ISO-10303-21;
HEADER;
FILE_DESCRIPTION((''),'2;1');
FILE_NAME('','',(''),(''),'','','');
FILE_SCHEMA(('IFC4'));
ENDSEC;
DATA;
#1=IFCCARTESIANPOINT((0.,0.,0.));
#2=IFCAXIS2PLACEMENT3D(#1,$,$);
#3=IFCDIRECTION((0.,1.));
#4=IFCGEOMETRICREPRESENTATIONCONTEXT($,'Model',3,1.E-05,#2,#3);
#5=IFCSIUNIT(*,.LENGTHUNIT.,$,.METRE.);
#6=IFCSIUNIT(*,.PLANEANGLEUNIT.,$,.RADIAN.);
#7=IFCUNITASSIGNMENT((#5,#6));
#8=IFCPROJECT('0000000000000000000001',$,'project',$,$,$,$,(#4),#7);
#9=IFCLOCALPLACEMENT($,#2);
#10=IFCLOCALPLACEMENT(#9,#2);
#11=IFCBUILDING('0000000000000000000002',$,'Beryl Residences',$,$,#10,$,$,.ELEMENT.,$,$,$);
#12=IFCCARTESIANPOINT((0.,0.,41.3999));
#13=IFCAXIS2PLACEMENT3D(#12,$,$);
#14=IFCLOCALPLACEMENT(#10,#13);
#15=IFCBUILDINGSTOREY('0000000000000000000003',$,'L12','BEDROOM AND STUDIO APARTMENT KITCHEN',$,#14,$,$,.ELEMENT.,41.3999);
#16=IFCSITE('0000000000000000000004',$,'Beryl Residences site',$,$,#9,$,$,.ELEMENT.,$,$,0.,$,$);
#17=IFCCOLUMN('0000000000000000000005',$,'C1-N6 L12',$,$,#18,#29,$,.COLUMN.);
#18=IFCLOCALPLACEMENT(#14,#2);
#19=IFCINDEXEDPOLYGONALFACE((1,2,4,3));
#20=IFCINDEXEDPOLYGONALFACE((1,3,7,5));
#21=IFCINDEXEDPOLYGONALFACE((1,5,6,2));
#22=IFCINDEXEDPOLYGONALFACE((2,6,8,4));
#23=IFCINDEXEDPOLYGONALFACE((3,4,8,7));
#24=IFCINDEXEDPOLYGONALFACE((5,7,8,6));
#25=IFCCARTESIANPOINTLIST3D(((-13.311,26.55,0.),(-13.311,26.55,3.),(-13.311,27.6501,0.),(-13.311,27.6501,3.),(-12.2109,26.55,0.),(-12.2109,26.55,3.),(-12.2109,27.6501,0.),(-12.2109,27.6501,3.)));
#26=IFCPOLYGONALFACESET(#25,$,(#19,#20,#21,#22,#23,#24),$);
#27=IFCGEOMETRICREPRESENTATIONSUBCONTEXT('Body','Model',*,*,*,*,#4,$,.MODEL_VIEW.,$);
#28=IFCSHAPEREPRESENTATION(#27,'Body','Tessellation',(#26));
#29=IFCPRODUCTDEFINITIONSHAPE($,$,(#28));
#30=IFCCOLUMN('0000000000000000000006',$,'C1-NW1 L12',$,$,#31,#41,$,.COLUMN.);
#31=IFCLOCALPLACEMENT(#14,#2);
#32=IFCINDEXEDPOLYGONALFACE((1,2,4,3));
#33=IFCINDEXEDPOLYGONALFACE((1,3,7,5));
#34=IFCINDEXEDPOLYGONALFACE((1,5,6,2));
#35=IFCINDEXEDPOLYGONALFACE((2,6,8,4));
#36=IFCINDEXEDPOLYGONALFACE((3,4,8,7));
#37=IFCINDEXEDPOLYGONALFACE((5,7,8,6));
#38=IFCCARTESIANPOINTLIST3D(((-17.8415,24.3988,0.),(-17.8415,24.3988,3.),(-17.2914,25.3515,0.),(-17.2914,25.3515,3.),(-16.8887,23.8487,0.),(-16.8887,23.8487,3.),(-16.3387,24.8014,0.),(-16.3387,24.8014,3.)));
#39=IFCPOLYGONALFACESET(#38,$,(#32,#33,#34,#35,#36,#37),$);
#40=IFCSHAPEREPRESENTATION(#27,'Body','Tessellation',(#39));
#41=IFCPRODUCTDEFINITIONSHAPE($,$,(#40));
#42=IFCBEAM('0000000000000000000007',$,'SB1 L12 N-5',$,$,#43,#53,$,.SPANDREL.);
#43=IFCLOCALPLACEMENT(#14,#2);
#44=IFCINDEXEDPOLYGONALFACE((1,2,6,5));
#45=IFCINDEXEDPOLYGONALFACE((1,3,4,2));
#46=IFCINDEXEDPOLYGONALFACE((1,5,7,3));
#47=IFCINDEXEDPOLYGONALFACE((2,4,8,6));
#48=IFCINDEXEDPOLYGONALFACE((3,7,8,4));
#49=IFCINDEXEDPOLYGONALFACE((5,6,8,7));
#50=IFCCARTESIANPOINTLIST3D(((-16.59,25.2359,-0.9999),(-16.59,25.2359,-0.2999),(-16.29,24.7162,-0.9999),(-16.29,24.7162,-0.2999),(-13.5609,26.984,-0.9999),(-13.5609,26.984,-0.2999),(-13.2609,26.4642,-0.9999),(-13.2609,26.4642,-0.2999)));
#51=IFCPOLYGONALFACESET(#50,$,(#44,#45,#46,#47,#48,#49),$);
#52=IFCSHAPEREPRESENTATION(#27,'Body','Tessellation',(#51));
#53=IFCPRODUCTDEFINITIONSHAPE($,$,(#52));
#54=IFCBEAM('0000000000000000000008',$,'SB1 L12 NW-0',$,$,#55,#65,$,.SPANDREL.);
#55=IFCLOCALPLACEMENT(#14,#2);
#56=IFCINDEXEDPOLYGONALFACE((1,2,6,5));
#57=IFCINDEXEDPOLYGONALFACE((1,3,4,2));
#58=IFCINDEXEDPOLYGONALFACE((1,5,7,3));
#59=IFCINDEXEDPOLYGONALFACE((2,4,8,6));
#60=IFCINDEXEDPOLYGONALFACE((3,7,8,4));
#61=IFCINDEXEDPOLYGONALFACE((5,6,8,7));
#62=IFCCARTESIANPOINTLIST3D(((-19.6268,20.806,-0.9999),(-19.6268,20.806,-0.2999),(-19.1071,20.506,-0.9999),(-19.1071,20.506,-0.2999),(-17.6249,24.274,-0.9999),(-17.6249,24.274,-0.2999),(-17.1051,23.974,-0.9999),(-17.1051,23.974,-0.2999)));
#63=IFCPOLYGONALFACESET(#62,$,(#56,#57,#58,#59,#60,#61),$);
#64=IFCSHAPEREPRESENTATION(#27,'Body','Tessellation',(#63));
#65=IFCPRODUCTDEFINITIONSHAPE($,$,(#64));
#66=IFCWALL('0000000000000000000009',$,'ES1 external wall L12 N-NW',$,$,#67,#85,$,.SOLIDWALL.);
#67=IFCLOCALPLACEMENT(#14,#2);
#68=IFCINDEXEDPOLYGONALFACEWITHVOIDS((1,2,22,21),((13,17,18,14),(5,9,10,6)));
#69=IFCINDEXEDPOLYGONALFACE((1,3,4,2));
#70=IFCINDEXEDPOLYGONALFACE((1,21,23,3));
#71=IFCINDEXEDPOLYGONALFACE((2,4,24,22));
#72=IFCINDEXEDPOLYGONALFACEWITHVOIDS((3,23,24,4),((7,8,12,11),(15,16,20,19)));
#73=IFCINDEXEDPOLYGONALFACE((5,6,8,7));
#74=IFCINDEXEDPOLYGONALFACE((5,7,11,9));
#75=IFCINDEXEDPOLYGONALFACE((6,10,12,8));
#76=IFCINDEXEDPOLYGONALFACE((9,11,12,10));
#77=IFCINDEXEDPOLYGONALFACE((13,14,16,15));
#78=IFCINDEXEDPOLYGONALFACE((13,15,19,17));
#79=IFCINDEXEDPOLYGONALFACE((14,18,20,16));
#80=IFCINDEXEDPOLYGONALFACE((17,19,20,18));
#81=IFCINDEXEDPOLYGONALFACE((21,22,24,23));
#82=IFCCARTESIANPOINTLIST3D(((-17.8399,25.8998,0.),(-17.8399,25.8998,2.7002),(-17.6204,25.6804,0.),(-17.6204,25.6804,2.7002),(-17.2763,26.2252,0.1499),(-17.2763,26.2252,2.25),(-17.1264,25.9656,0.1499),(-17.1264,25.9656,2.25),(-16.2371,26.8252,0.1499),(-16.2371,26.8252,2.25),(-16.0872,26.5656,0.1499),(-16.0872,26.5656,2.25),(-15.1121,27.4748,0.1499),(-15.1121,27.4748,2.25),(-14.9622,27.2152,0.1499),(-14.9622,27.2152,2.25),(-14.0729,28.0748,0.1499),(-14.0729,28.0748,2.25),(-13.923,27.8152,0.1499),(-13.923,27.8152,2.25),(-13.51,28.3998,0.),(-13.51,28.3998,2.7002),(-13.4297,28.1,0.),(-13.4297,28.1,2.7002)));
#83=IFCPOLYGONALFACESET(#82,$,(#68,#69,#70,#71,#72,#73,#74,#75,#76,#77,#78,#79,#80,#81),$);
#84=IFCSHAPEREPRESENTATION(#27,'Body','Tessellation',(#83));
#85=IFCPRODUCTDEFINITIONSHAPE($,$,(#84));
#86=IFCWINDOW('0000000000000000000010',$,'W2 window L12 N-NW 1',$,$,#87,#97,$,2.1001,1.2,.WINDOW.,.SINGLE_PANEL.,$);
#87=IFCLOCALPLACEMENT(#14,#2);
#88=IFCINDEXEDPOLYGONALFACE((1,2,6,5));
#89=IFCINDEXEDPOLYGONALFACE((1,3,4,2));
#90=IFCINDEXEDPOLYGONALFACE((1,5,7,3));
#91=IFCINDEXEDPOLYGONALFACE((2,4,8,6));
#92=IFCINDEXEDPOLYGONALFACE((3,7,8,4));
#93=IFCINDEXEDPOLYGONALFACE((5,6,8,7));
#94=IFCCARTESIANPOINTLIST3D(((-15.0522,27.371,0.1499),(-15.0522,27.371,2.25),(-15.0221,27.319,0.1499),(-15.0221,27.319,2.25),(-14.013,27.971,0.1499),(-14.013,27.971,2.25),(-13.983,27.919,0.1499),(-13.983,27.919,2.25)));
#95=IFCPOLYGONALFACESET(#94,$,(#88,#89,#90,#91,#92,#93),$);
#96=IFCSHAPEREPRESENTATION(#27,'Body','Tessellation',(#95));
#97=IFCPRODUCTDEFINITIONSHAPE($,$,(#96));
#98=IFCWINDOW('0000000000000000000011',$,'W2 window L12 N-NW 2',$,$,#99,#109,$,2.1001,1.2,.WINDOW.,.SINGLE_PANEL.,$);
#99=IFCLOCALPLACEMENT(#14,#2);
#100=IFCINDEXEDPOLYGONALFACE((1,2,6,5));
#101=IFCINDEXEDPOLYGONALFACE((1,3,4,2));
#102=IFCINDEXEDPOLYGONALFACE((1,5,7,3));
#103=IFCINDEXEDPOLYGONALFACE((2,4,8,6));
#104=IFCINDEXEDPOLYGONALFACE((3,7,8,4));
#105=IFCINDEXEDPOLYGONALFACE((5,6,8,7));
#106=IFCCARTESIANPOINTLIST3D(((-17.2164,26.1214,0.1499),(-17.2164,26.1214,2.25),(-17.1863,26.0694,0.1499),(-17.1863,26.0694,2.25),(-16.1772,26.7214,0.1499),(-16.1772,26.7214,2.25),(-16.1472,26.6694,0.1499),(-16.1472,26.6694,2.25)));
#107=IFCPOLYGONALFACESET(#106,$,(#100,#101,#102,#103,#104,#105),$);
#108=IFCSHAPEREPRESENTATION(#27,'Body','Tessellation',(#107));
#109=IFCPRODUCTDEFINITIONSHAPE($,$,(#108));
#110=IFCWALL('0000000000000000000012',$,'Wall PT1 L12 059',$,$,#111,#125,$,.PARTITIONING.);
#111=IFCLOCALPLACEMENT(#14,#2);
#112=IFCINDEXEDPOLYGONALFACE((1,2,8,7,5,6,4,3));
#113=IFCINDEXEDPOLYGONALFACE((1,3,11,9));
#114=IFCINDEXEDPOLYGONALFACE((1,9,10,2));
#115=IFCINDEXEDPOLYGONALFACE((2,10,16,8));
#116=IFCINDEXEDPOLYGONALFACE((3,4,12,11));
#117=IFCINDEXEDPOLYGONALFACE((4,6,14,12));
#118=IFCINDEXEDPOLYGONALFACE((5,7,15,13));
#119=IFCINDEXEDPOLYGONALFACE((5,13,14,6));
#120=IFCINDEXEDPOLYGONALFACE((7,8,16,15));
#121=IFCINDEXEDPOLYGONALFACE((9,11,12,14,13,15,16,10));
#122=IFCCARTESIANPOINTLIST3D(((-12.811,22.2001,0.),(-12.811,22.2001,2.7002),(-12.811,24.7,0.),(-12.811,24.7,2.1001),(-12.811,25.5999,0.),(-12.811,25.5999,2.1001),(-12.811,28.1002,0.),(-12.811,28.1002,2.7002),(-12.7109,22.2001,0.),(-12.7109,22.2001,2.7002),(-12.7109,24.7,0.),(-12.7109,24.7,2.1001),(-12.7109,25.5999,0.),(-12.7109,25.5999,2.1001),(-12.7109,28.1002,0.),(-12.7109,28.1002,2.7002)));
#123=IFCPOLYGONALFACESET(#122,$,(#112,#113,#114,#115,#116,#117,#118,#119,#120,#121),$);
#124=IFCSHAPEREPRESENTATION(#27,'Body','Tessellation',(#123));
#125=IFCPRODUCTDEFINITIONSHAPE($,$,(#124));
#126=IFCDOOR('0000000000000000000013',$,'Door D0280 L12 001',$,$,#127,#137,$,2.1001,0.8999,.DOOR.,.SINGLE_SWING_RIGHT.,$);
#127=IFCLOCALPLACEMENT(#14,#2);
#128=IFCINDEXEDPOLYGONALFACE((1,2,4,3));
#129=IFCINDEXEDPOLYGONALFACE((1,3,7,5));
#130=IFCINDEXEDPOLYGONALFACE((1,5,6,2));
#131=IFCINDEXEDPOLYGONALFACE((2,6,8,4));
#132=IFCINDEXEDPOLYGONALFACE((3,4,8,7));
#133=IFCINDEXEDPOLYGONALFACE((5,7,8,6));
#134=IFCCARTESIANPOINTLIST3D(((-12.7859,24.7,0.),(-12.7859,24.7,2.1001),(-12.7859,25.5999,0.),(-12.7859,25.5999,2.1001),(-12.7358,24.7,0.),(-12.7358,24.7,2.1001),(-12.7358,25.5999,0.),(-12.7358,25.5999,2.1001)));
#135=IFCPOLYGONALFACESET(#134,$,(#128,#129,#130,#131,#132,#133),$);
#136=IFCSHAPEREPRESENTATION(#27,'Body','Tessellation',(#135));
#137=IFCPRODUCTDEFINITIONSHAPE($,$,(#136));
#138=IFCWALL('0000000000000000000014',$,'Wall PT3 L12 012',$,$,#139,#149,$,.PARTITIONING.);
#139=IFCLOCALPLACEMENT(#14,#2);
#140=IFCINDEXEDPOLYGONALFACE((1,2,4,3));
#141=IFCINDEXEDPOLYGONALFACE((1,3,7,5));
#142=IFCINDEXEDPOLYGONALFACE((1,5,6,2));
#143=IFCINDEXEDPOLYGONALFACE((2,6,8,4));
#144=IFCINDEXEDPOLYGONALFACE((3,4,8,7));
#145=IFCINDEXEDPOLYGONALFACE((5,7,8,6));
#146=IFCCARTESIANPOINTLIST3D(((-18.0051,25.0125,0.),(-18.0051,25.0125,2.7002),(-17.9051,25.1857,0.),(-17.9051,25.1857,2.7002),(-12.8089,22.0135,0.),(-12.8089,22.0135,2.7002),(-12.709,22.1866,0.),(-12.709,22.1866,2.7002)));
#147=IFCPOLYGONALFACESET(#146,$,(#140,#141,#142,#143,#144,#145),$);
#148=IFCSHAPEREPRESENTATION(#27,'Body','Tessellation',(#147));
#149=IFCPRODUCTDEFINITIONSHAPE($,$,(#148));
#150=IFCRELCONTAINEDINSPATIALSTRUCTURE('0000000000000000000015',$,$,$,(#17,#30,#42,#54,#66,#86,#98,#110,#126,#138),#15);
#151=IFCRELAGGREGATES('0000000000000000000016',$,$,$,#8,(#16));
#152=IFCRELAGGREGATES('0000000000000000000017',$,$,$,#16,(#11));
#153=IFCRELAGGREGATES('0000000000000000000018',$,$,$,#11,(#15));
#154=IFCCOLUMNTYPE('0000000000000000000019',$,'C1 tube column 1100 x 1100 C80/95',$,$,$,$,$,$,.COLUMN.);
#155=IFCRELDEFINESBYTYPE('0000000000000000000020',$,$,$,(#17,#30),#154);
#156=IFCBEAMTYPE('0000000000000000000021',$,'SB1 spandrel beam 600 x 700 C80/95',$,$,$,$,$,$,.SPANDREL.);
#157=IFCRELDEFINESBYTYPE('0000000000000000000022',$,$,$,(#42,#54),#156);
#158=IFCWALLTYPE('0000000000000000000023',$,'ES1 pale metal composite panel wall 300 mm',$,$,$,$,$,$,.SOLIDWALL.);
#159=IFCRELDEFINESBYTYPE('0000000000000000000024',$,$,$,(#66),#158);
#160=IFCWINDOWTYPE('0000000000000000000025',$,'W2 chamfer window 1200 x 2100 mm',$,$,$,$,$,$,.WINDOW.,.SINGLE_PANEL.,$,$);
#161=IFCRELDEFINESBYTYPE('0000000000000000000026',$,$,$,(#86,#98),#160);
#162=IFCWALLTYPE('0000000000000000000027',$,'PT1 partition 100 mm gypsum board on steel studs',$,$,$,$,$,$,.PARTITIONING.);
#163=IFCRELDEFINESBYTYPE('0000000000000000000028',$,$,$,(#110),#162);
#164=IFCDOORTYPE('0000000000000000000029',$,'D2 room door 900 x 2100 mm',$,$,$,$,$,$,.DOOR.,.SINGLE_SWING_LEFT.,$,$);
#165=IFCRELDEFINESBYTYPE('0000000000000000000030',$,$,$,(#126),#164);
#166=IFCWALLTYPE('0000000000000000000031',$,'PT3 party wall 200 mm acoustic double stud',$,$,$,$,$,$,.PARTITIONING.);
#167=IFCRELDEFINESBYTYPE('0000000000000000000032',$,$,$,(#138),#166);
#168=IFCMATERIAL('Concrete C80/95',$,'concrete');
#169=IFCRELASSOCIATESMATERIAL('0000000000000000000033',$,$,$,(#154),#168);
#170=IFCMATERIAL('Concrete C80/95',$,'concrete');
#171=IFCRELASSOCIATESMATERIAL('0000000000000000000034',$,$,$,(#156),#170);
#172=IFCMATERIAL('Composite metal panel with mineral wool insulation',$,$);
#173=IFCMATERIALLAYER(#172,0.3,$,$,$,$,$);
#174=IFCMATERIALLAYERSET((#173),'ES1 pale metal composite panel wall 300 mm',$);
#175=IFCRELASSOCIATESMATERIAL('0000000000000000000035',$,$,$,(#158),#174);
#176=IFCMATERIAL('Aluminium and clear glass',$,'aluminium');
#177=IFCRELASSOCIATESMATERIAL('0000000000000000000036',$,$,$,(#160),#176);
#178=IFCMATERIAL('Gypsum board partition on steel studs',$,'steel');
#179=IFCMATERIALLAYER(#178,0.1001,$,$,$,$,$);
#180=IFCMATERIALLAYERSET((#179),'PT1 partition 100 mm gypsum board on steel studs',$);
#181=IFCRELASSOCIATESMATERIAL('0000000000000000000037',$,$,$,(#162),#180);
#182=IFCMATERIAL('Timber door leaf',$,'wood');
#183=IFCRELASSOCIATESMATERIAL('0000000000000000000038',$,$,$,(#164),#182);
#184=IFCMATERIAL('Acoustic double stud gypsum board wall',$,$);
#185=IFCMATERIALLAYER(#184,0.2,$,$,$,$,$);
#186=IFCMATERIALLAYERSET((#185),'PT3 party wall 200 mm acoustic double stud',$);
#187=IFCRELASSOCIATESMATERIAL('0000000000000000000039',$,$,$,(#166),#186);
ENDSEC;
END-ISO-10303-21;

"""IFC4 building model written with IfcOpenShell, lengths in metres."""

from ifc_helpers import new_model, si_unit, direction, frame, frame_2d, origin, origin_2d, place, context, subcontext, project, spatial, polyline, rectangle, outline, extrude, material, layer, layer_set, material_profile, profile_set, type_object, element, fill, save


model = new_model("IFC4")

# Units and contexts
model_context = context("Model", 3, precision=1e-05, world=origin(), true_north=direction((0.0, 1.0)))
body_context = subcontext(model_context, "Body", "Model", "MODEL_VIEW")
ifc_project = project(units=[si_unit("LENGTHUNIT", "METRE"), si_unit("PLANEANGLEUNIT", "RADIAN")], contexts=[model_context])

# Site, building, storey
site_placement = place(None, origin())
site = spatial("IfcSite", under=ifc_project, at=site_placement, Name="Beryl Residences site", CompositionType="ELEMENT", RefElevation=0.0)
building_placement = place(site_placement, origin())
building = spatial("IfcBuilding", under=site, at=building_placement, Name="Beryl Residences", CompositionType="ELEMENT")
storey_placement = place(building_placement, frame((0.0, 0.0, 41.3999)))
storey = spatial("IfcBuildingStorey", under=building, at=storey_placement, Name="L12", Description="BEDROOM AND STUDIO APARTMENT KITCHEN", CompositionType="ELEMENT", Elevation=41.3999)

# Columns
ifc_material_1 = material(Name="Concrete C80/95", Category="concrete")
ifc_material_profile_1 = material_profile(ifc_material_1, rectangle(XDim=1.1001, YDim=1.1001, at=origin_2d()))
ifc_profile_set_1 = profile_set([ifc_material_profile_1], Name="Concrete C80/95")
column_type = type_object("IfcColumnType", Name="C1 tube column 1100 x 1100 C80/95", PredefinedType="COLUMN", material=ifc_profile_set_1)
for number, where, z_axis, x_axis, name in (
    (1, (-12.761, 27.1001, 0.0), (0.0, 0.0, 1.0), (-1.0, 0.0, 0.0), "C1-N6 L12"),
    (2, (-17.0901, 24.6001, 0.0), (0.0, 0.0, 1.0), (-0.499985, -0.866034, 0.0), "C1-NW1 L12"),
):
    element("IfcColumn", number, at=place(storey_placement, frame(where, z_axis=z_axis, x_axis=x_axis)), inside=storey, type_object=column_type, Name=name, PredefinedType="COLUMN", context=body_context, shape_type="SweptSolid", body=[
        extrude(rectangle(XDim=1.1001, YDim=1.1001, at=origin_2d()), origin(), (0.0, 0.0, 1.0), 3.0),
    ])

# Beams
ifc_material_2 = material(Name="Concrete C80/95", Category="concrete")
ifc_material_profile_2 = material_profile(ifc_material_2, rectangle(XDim=0.6001, YDim=0.7, at=origin_2d()))
ifc_profile_set_2 = profile_set([ifc_material_profile_2], Name="Concrete C80/95")
beam_type = type_object("IfcBeamType", Name="SB1 spandrel beam 600 x 700 C80/95", PredefinedType="SPANDREL", material=ifc_profile_set_2)
beam_1_placement = place(storey_placement, frame((-13.4109, 26.7241, -0.6499), z_axis=(-0.866122, -0.499833, 0.0), x_axis=(0.499833, -0.866122, 0.0)))
element("IfcBeam", 3, at=beam_1_placement, inside=storey, type_object=beam_type, Name="SB1 L12 N-5", PredefinedType="SPANDREL", context=body_context, shape_type="SweptSolid", body=[
    extrude(rectangle(XDim=0.6001, YDim=0.7, at=origin_2d()), origin(), (0.0, 0.0, 1.0), 3.4973),
])
beam_2_placement = place(storey_placement, frame((-17.365, 24.124, -0.6499), z_axis=(-0.499942, -0.866059, 0.0), x_axis=(0.866059, -0.499942, 0.0)))
element("IfcBeam", 4, at=beam_2_placement, inside=storey, type_object=beam_type, Name="SB1 L12 NW-0", PredefinedType="SPANDREL", context=body_context, shape_type="SweptSolid", body=[
    extrude(rectangle(XDim=0.6001, YDim=0.7, at=origin_2d()), origin(), (0.0, 0.0, 1.0), 4.0044),
])

# Wall, openings, windows
ifc_material_3 = material(Name="Composite metal panel with mineral wool insulation")
ifc_layer_1 = layer(ifc_material_3, 0.3)
ifc_layer_set_1 = layer_set([ifc_layer_1], Name="ES1 pale metal composite panel wall 300 mm")
wall_type_1 = type_object("IfcWallType", Name="ES1 pale metal composite panel wall 300 mm", PredefinedType="SOLIDWALL", material=ifc_layer_set_1)
wall_1_placement = place(storey_placement, frame((-13.4351, 28.27, 0.0), z_axis=(0.0, 0.0, 1.0), x_axis=(-0.866011, -0.500025, 0.0)))
wall_1 = element("IfcWall", 5, at=wall_1_placement, inside=storey, type_object=wall_type_1, Name="ES1 external wall L12 N-NW", PredefinedType="SOLIDWALL", context=body_context, shape_type="SweptSolid", body=[
    extrude(outline(polyline([(0.0, -0.1499), (4.9998, -0.1499), (4.9194, 0.1499), (0.0803, 0.1499), (0.0, -0.1499)])), origin(), (0.0, 0.0, 1.0), 2.7002),
])
opening_1_placement = place(wall_1_placement, frame((0.6499, 0.0, 0.1499)))
opening_1 = element("IfcOpeningElement", 6, at=opening_1_placement, cuts=wall_1, PredefinedType="OPENING", context=body_context, shape_type="SweptSolid", body=[
    extrude(rectangle(XDim=1.2, YDim=2.1001, at=frame_2d((0.6001, 1.05))), frame((0.0, 0.1599, 0.0), z_axis=(0.0, -1.0, 0.0), x_axis=(1.0, 0.0, 0.0)), (0.0, 0.0, 1.0), 0.3201),
])
opening_2_placement = place(wall_1_placement, frame((3.1489, 0.0, 0.1499)))
opening_2 = element("IfcOpeningElement", 7, at=opening_2_placement, cuts=wall_1, PredefinedType="OPENING", context=body_context, shape_type="SweptSolid", body=[
    extrude(rectangle(XDim=1.2, YDim=2.1001, at=frame_2d((0.6001, 1.05))), frame((0.0, 0.1599, 0.0), z_axis=(0.0, -1.0, 0.0), x_axis=(1.0, 0.0, 0.0)), (0.0, 0.0, 1.0), 0.3201),
])
ifc_material_4 = material(Name="Aluminium and clear glass", Category="aluminium")
window_type_1 = type_object("IfcWindowType", Name="W2 chamfer window 1200 x 2100 mm", PartitioningType="SINGLE_PANEL", PredefinedType="WINDOW", material=ifc_material_4)
window_1_placement = place(opening_1_placement, origin())
window_1 = element("IfcWindow", 8, at=window_1_placement, inside=storey, type_object=window_type_1, Name="W2 window L12 N-NW 1", OverallHeight=2.1001, OverallWidth=1.2, PartitioningType="SINGLE_PANEL", PredefinedType="WINDOW", context=body_context, shape_type="SweptSolid", body=[
    extrude(rectangle(XDim=1.2, YDim=2.1001, at=frame_2d((0.6001, 1.05))), frame((0.0, 0.03, 0.0), z_axis=(0.0, -1.0, 0.0), x_axis=(1.0, 0.0, 0.0)), (0.0, 0.0, 1.0), 0.0601),
])
fill(opening_1, window_1)
window_2_placement = place(opening_2_placement, origin())
window_2 = element("IfcWindow", 9, at=window_2_placement, inside=storey, type_object=window_type_1, Name="W2 window L12 N-NW 2", OverallHeight=2.1001, OverallWidth=1.2, PartitioningType="SINGLE_PANEL", PredefinedType="WINDOW", context=body_context, shape_type="SweptSolid", body=[
    extrude(rectangle(XDim=1.2, YDim=2.1001, at=frame_2d((0.6001, 1.05))), frame((0.0, 0.03, 0.0), z_axis=(0.0, -1.0, 0.0), x_axis=(1.0, 0.0, 0.0)), (0.0, 0.0, 1.0), 0.0601),
])
fill(opening_2, window_2)

# Wall, opening, door
ifc_material_5 = material(Name="Gypsum board partition on steel studs", Category="steel")
ifc_layer_2 = layer(ifc_material_5, 0.1001)
ifc_layer_set_2 = layer_set([ifc_layer_2], Name="PT1 partition 100 mm gypsum board on steel studs")
wall_type_2 = type_object("IfcWallType", Name="PT1 partition 100 mm gypsum board on steel studs", PredefinedType="PARTITIONING", material=ifc_layer_set_2)
wall_2_placement = place(storey_placement, frame((-12.761, 22.2, 0.0), z_axis=(0.0, 0.0, 1.0), x_axis=(0.0, 1.0, 0.0)))
wall_2 = element("IfcWall", 10, at=wall_2_placement, inside=storey, type_object=wall_type_2, Name="Wall PT1 L12 059", PredefinedType="PARTITIONING", context=body_context, shape_type="SweptSolid", body=[
    extrude(rectangle(XDim=5.9001, YDim=0.1001, at=frame_2d((2.9502, 0.0))), origin(), (0.0, 0.0, 1.0), 2.7002),
])
opening_3_placement = place(wall_2_placement, frame((2.5, 0.0, 0.0)))
opening_3 = element("IfcOpeningElement", 11, at=opening_3_placement, cuts=wall_2, PredefinedType="OPENING", context=body_context, shape_type="SweptSolid", body=[
    extrude(rectangle(XDim=0.8999, YDim=2.1001, at=frame_2d((0.45, 1.05))), frame((0.0, 0.0601, 0.0), z_axis=(0.0, -1.0, 0.0), x_axis=(1.0, 0.0, 0.0)), (0.0, 0.0, 1.0), 0.1201),
])
ifc_material_6 = material(Name="Timber door leaf", Category="wood")
door_type = type_object("IfcDoorType", Name="D2 room door 900 x 2100 mm", OperationType="SINGLE_SWING_LEFT", PredefinedType="DOOR", material=ifc_material_6)
door_placement = place(opening_3_placement, origin())
door = element("IfcDoor", 12, at=door_placement, inside=storey, type_object=door_type, Name="Door D0280 L12 001", OperationType="SINGLE_SWING_RIGHT", OverallHeight=2.1001, OverallWidth=0.8999, PredefinedType="DOOR", context=body_context, shape_type="SweptSolid", body=[
    extrude(rectangle(XDim=0.8999, YDim=2.1001, at=frame_2d((0.45, 1.05))), frame((0.0, 0.0249, 0.0), z_axis=(0.0, -1.0, 0.0), x_axis=(1.0, 0.0, 0.0)), (0.0, 0.0, 1.0), 0.05),
])
fill(opening_3, door)

# Wall
ifc_material_7 = material(Name="Acoustic double stud gypsum board wall")
ifc_layer_3 = layer(ifc_material_7, 0.2)
ifc_layer_set_3 = layer_set([ifc_layer_3], Name="PT3 party wall 200 mm acoustic double stud")
wall_type_3 = type_object("IfcWallType", Name="PT3 party wall 200 mm acoustic double stud", PredefinedType="PARTITIONING", material=ifc_layer_set_3)
wall_3_placement = place(storey_placement, frame((-17.9551, 25.0991, 0.0), z_axis=(0.0, 0.0, 1.0), x_axis=(0.866091, -0.499886, 0.0)))
element("IfcWall", 13, at=wall_3_placement, inside=storey, type_object=wall_type_3, Name="Wall PT3 L12 012", PredefinedType="PARTITIONING", context=body_context, shape_type="SweptSolid", body=[
    extrude(rectangle(XDim=5.9995, YDim=0.2, at=frame_2d((2.9998, 0.0))), origin(), (0.0, 0.0, 1.0), 2.7002),
])

save(model, "model.ifc")
